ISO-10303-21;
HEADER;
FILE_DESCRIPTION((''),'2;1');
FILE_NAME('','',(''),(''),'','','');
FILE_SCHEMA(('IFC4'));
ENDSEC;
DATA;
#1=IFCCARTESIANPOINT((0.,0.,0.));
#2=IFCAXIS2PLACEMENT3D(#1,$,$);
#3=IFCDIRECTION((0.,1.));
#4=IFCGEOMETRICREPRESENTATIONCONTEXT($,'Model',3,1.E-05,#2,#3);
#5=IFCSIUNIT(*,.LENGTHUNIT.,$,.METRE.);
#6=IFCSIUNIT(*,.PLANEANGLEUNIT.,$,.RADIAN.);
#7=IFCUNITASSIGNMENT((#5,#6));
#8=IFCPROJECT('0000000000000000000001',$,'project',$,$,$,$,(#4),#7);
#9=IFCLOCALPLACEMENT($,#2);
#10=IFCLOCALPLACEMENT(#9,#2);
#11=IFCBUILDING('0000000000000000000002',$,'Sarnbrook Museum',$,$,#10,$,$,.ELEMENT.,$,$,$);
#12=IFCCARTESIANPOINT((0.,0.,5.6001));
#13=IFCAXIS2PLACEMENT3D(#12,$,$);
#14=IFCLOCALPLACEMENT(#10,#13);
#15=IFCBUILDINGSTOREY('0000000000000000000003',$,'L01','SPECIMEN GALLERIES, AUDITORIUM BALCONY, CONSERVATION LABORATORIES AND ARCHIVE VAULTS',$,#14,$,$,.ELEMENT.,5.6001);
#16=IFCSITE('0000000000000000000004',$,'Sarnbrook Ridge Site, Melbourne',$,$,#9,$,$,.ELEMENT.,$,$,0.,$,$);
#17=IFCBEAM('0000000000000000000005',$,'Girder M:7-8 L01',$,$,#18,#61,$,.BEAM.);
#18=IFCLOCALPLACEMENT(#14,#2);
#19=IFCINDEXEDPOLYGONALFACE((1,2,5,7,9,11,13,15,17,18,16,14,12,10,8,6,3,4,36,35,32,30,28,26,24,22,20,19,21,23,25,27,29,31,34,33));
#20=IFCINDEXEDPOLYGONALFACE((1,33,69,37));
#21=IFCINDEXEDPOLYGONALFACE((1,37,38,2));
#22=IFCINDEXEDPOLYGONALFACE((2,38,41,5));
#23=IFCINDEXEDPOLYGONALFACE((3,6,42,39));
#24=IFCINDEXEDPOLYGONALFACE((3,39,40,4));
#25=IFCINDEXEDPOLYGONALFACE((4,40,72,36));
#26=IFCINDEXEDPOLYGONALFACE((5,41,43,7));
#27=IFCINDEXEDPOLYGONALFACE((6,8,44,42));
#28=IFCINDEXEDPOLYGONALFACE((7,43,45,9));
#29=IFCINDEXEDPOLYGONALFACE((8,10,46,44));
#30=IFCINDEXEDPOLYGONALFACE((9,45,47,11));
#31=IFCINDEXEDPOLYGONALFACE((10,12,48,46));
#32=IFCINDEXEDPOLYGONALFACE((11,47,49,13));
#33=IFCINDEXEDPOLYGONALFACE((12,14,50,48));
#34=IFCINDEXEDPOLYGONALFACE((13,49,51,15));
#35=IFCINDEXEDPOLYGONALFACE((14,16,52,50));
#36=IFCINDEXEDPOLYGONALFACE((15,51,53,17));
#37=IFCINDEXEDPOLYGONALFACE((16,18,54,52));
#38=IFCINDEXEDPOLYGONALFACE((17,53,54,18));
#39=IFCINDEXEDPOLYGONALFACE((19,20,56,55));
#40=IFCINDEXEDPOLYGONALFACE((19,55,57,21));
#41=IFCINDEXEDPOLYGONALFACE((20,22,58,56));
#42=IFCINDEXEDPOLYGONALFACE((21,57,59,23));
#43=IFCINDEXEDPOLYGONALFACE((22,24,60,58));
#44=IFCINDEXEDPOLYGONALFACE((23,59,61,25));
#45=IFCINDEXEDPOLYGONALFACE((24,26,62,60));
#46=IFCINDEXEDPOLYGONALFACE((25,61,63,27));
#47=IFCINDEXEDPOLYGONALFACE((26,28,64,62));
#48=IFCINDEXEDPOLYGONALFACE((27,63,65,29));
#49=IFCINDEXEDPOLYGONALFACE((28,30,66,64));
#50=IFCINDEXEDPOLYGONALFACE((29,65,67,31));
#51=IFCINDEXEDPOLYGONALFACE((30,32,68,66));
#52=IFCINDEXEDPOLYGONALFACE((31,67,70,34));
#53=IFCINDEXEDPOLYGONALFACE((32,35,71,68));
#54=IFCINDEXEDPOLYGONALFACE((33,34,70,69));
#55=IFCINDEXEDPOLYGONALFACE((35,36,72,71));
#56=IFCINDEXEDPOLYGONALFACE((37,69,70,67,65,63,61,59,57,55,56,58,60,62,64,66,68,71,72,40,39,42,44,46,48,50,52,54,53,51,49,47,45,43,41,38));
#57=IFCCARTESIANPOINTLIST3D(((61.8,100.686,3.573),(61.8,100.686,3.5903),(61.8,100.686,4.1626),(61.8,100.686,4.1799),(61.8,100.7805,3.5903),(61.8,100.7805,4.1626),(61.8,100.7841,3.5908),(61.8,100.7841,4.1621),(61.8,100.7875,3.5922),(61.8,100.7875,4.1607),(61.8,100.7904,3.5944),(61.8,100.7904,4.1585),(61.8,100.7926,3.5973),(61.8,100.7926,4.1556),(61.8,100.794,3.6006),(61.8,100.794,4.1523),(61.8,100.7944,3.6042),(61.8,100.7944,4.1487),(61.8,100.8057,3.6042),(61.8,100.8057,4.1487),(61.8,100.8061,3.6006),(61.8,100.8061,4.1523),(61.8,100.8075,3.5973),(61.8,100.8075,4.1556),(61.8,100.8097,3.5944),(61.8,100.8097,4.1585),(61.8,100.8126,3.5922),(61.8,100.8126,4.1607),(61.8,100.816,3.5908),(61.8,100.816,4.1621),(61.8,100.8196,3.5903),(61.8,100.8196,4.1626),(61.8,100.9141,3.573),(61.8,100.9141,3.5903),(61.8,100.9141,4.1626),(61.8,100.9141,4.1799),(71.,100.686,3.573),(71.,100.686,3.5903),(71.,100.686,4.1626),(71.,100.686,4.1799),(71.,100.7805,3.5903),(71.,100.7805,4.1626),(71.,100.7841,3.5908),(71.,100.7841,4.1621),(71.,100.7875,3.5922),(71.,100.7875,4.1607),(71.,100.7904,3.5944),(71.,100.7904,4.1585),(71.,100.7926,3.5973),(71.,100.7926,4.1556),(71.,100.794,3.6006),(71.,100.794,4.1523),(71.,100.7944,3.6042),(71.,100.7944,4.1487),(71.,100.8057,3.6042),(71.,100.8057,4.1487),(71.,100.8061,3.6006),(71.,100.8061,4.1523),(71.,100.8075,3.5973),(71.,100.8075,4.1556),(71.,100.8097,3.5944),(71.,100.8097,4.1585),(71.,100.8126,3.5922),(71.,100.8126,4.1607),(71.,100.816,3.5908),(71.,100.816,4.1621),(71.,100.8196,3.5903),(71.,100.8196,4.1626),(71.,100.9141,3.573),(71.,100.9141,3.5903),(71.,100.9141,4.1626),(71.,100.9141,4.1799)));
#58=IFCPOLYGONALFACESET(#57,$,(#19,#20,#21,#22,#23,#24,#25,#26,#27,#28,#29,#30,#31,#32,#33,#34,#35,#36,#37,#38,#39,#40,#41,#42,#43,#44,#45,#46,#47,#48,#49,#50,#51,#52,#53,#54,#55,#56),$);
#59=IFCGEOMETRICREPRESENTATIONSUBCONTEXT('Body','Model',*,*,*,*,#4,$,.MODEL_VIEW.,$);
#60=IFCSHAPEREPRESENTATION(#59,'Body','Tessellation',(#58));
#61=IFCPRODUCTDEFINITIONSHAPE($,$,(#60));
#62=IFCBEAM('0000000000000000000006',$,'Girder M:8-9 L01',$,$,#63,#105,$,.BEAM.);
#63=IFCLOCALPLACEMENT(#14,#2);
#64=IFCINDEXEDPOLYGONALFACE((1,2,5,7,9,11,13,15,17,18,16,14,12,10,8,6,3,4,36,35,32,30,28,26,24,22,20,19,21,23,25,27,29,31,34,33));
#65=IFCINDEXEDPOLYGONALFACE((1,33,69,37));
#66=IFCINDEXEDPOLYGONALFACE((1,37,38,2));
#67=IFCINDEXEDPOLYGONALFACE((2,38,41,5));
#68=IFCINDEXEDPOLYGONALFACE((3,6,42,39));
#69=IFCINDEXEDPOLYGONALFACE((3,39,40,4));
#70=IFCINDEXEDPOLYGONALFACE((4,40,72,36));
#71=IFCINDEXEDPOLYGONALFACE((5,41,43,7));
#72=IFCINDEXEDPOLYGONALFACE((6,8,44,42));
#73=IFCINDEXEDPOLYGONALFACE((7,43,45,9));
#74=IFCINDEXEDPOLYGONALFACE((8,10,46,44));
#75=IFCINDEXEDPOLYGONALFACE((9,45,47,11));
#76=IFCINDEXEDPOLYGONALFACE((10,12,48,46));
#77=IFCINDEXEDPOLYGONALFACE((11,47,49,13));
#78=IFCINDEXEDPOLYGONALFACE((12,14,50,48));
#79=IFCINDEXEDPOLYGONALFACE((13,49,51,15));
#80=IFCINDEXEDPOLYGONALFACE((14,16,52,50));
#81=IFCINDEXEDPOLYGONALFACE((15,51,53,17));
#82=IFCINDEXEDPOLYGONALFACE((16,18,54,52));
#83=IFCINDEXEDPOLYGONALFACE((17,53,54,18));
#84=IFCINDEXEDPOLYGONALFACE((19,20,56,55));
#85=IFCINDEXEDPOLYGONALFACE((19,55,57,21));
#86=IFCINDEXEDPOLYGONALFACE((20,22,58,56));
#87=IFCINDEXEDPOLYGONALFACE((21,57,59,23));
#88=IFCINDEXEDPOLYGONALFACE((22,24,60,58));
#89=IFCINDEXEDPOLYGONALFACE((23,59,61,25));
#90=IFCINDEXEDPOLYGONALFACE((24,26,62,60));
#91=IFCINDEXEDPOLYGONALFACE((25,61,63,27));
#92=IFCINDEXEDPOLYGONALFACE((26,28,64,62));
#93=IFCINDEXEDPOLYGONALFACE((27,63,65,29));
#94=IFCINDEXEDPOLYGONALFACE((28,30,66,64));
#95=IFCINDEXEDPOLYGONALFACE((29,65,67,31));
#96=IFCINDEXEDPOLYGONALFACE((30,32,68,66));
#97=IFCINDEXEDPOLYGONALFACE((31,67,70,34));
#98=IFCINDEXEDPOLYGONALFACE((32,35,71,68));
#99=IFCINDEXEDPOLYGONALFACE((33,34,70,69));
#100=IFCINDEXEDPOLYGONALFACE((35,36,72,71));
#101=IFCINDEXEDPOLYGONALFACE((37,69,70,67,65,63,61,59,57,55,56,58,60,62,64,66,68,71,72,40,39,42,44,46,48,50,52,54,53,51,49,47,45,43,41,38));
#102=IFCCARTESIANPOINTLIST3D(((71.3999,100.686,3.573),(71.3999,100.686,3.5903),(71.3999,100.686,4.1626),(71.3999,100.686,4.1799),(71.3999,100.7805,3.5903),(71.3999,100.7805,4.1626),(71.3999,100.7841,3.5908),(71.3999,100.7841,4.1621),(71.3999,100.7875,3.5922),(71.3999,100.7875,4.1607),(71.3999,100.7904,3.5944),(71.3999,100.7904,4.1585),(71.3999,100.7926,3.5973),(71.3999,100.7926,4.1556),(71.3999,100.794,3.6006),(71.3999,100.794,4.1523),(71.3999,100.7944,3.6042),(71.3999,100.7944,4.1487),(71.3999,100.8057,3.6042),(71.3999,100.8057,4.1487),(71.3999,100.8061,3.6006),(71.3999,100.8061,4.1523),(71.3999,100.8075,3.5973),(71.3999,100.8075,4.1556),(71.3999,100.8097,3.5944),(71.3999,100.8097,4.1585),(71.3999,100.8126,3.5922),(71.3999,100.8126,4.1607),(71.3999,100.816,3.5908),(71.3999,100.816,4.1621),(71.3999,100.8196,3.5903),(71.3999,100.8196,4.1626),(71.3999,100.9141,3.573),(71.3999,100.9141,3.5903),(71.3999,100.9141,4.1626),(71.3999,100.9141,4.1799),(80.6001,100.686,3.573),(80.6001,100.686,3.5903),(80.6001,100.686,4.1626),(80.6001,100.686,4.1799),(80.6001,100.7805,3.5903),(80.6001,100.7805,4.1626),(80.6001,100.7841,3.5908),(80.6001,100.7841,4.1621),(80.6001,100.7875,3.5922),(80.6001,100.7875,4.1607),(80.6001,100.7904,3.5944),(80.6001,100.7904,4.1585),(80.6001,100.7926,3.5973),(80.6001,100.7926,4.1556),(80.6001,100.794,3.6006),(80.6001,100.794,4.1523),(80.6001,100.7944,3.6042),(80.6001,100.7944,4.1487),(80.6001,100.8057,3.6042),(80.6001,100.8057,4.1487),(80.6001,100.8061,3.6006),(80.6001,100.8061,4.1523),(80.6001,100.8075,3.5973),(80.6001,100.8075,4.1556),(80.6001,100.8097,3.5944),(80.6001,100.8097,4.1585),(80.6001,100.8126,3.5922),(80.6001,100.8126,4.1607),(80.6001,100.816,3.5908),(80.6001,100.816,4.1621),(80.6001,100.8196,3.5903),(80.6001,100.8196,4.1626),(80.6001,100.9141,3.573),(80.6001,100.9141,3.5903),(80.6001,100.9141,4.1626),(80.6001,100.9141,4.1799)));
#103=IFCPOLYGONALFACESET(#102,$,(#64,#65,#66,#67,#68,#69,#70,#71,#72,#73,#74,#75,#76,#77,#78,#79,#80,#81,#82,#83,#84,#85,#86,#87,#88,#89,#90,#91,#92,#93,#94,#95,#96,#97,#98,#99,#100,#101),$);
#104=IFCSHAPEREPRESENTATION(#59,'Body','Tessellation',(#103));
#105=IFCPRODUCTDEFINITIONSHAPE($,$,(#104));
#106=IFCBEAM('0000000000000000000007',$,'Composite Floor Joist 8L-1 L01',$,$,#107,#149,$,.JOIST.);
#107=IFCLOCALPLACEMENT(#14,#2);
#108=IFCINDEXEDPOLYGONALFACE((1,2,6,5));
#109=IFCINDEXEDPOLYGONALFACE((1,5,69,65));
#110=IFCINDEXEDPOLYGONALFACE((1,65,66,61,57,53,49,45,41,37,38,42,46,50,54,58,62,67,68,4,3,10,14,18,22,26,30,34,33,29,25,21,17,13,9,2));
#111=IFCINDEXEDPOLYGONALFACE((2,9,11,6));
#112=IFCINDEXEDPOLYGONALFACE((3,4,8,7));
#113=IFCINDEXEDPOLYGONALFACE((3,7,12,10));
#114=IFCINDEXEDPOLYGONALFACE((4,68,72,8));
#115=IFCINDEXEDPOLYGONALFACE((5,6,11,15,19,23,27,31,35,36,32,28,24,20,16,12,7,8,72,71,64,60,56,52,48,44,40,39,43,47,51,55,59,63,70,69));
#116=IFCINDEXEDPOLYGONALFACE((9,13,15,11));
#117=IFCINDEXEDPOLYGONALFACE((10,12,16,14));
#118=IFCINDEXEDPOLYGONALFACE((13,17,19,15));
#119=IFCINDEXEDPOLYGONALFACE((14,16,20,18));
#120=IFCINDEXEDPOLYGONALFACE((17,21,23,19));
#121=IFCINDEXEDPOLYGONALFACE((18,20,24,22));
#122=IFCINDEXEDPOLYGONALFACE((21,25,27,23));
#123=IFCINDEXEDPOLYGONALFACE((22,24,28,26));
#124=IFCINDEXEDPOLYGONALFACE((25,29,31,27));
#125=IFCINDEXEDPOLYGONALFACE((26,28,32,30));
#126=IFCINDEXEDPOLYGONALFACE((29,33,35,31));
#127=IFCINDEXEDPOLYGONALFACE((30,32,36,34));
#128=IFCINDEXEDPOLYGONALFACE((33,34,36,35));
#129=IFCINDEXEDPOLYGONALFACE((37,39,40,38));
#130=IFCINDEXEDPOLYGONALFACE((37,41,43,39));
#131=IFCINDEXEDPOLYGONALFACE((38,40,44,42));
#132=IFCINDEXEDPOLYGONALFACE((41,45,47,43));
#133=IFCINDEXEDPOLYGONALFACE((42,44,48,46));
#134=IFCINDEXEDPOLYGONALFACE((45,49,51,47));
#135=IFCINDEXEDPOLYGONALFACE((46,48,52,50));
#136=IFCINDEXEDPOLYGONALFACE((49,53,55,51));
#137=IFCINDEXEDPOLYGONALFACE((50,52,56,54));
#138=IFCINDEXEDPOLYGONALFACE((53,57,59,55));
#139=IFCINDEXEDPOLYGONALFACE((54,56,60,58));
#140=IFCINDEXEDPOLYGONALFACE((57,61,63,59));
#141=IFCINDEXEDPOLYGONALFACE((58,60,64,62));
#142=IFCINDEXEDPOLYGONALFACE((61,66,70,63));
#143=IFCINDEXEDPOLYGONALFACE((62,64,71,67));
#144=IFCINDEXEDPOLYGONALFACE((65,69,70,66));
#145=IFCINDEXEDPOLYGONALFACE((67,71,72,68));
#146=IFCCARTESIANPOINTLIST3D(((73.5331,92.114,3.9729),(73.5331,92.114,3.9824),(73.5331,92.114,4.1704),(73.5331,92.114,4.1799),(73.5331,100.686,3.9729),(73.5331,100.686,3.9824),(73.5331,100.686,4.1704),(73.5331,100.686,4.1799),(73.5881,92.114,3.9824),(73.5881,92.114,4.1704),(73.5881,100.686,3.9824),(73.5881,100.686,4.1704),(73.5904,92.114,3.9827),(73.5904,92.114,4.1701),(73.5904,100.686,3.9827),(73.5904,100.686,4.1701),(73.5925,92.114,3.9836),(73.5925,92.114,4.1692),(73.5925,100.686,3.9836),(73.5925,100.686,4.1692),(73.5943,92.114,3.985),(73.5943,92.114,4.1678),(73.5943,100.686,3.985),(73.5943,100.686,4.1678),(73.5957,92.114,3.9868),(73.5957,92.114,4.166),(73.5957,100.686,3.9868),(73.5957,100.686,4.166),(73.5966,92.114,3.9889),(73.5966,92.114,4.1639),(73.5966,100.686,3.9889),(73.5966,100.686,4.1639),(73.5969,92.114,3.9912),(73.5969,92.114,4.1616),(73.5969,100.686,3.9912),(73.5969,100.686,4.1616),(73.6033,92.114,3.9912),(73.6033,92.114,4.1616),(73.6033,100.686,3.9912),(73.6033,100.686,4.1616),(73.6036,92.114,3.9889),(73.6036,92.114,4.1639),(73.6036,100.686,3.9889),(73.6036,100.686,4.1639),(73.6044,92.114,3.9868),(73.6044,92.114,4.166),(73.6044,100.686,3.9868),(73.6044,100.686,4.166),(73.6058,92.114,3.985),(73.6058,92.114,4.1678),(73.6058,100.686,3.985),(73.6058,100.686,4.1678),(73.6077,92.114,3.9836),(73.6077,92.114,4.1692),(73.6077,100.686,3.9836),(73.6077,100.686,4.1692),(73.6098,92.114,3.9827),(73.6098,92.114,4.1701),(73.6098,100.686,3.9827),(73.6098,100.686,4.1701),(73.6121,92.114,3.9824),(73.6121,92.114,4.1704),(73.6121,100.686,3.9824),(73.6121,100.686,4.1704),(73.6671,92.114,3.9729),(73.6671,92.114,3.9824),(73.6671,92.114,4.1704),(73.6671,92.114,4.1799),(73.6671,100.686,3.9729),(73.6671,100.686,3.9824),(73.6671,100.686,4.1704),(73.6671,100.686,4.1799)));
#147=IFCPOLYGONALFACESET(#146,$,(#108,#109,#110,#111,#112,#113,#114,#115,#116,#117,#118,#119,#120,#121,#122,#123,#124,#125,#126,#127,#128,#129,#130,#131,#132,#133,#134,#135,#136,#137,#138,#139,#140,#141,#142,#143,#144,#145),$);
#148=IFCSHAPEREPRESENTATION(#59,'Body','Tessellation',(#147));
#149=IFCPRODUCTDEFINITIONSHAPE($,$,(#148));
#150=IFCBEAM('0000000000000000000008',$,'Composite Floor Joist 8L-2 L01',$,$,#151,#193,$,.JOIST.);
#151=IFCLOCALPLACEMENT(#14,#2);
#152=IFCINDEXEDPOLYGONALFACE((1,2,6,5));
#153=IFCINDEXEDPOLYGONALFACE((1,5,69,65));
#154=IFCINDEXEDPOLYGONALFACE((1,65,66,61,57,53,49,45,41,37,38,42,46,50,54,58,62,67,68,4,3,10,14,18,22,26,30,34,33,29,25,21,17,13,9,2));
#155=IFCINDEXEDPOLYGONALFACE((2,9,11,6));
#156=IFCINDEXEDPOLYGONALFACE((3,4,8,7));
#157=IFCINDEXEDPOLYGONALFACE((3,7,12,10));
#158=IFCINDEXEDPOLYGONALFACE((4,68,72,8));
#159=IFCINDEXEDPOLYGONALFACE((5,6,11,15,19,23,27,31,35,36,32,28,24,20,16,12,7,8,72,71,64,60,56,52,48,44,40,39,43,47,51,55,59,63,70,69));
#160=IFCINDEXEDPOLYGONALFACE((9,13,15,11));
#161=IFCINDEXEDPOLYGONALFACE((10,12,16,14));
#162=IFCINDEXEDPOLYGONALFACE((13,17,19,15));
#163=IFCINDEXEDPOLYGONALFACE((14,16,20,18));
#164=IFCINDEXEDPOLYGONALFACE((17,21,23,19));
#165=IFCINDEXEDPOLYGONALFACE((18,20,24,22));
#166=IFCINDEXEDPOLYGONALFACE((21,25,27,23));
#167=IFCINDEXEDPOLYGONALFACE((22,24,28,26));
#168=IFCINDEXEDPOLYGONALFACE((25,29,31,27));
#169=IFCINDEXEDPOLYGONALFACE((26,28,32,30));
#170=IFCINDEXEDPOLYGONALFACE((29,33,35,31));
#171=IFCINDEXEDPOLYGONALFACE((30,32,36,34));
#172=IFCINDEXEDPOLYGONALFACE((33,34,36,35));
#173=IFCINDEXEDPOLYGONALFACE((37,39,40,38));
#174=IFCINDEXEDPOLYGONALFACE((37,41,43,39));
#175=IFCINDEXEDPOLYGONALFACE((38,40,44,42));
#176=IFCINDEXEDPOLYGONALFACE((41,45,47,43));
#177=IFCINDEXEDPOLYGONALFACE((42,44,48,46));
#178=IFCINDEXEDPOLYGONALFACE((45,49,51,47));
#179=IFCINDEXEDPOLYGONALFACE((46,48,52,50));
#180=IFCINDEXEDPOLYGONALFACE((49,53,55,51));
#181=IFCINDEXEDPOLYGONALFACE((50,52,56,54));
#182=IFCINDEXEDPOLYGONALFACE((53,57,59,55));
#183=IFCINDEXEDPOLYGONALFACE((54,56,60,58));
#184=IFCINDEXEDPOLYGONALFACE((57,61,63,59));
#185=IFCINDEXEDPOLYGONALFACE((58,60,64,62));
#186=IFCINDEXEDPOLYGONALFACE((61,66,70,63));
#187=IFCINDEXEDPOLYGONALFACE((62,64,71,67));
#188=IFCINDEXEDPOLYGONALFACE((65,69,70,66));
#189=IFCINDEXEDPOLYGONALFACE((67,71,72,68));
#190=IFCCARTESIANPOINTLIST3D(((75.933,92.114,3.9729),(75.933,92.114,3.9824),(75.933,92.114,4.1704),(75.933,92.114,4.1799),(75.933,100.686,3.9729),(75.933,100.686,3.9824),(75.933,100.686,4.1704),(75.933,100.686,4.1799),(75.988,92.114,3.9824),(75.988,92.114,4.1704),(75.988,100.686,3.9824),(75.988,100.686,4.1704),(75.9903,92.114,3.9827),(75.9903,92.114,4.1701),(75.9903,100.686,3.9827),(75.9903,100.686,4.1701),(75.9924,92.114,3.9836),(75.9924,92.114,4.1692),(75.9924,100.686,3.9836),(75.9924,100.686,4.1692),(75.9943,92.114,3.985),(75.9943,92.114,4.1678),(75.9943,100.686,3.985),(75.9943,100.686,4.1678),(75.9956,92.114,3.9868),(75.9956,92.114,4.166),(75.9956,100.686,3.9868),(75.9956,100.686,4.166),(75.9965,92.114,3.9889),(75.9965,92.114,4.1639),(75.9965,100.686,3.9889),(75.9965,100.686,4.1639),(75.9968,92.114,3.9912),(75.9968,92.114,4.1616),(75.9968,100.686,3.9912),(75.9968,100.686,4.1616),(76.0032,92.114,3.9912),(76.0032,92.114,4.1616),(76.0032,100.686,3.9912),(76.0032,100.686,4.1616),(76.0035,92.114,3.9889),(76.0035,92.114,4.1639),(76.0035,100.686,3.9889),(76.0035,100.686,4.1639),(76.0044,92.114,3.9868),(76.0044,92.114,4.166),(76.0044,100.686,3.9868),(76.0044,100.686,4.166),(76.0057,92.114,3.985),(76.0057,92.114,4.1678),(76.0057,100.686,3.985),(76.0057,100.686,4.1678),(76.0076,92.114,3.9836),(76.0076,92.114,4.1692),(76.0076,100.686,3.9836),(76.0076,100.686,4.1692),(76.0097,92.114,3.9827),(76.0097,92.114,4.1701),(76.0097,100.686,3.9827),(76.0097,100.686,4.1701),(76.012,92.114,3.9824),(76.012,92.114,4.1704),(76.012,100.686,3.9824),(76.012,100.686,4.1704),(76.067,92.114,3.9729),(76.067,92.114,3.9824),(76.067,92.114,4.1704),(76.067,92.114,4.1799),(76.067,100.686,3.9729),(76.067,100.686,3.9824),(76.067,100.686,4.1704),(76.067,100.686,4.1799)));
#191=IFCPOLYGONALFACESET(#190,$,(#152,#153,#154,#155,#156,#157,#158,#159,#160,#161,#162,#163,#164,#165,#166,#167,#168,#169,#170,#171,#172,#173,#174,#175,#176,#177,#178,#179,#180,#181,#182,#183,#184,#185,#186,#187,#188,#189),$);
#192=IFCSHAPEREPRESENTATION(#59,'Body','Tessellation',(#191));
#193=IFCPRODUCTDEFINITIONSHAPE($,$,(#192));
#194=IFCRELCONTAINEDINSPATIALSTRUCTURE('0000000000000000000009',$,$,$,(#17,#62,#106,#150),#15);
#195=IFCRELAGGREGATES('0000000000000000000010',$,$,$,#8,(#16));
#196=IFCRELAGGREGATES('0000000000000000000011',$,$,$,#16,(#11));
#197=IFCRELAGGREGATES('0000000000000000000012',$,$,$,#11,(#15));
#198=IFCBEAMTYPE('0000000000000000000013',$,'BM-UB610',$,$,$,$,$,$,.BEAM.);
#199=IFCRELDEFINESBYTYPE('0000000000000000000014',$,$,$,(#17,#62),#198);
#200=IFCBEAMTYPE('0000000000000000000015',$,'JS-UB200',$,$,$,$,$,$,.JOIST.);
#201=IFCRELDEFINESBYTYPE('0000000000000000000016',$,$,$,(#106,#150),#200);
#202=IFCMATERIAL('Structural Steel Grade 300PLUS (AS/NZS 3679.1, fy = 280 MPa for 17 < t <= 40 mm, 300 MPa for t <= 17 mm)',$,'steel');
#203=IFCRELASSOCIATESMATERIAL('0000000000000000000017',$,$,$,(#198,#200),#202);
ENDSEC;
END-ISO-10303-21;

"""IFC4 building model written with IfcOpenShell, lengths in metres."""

from ifc_helpers import new_model, si_unit, direction, frame, origin, origin_2d, place, context, subcontext, project, spatial, i_section, extrude, material, material_profile, profile_set, type_object, element, save


model = new_model("IFC4")

# Units and contexts
model_context = context("Model", 3, precision=1e-05, world=origin(), true_north=direction((0.0, 1.0)))
body_context = subcontext(model_context, "Body", "Model", "MODEL_VIEW")
ifc_project = project(units=[si_unit("LENGTHUNIT", "METRE"), si_unit("PLANEANGLEUNIT", "RADIAN")], contexts=[model_context])

# Site, building, storey
site_placement = place(None, origin())
site = spatial("IfcSite", under=ifc_project, at=site_placement, Name="Sarnbrook Ridge Site, Melbourne", CompositionType="ELEMENT", RefElevation=0.0)
building_placement = place(site_placement, origin())
building = spatial("IfcBuilding", under=site, at=building_placement, Name="Sarnbrook Museum", CompositionType="ELEMENT")
storey_placement = place(building_placement, frame((0.0, 0.0, 5.6001)))
storey = spatial("IfcBuildingStorey", under=building, at=storey_placement, Name="L01", Description="SPECIMEN GALLERIES, AUDITORIUM BALCONY, CONSERVATION LABORATORIES AND ARCHIVE VAULTS", CompositionType="ELEMENT", Elevation=5.6001)

# Beams
ifc_material_1 = material(Name="Structural Steel Grade 300PLUS (AS/NZS 3679.1, fy = 280 MPa for 17 < t <= 40 mm, 300 MPa for t <= 17 mm)", Category="steel")
ifc_material_profile_1 = material_profile(ifc_material_1, i_section(OverallWidth=0.228, OverallDepth=0.6069, WebThickness=0.0112, FlangeThickness=0.0173, FilletRadius=0.0139, at=origin_2d()), Name="610UB113")
ifc_profile_set_1 = profile_set([ifc_material_profile_1], Name="Structural Steel Grade 300PLUS (AS/NZS 3679.1, fy = 280 MPa for 17 < t <= 40 mm, 300 MPa for t <= 17 mm)")
beam_type_1 = type_object("IfcBeamType", Name="BM-UB610", PredefinedType="BEAM", material=ifc_profile_set_1)
beam_1_placement = place(storey_placement, frame((61.8, 100.8, 3.8765), z_axis=(1.0, 0.0, 0.0), x_axis=(0.0, 1.0, 0.0)))
element("IfcBeam", 1, at=beam_1_placement, inside=storey, type_object=beam_type_1, Name="Girder M:7-8 L01", PredefinedType="BEAM", context=body_context, shape_type="SweptSolid", body=[
    extrude(i_section(OverallWidth=0.228, OverallDepth=0.6069, WebThickness=0.0112, FlangeThickness=0.0173, FilletRadius=0.0139, at=origin_2d()), origin(), (0.0, 0.0, 1.0), 9.2),
])
beam_2_placement = place(storey_placement, frame((71.3999, 100.8, 3.8765), z_axis=(1.0, 0.0, 0.0), x_axis=(0.0, 1.0, 0.0)))
element("IfcBeam", 2, at=beam_2_placement, inside=storey, type_object=beam_type_1, Name="Girder M:8-9 L01", PredefinedType="BEAM", context=body_context, shape_type="SweptSolid", body=[
    extrude(i_section(OverallWidth=0.228, OverallDepth=0.6069, WebThickness=0.0112, FlangeThickness=0.0173, FilletRadius=0.0139, at=origin_2d()), origin(), (0.0, 0.0, 1.0), 9.2002),
])
ifc_material_profile_2 = material_profile(ifc_material_1, i_section(OverallWidth=0.134, OverallDepth=0.207, WebThickness=0.0063, FlangeThickness=0.0095, FilletRadius=0.0088, at=origin_2d()), Name="200UB29.8")
ifc_profile_set_2 = profile_set([ifc_material_profile_2], Name="Structural Steel Grade 300PLUS (AS/NZS 3679.1, fy = 280 MPa for 17 < t <= 40 mm, 300 MPa for t <= 17 mm)")
beam_type_2 = type_object("IfcBeamType", Name="JS-UB200", PredefinedType="JOIST", material=ifc_profile_set_2)
for number, where, z_axis, x_axis, name in (
    (3, (73.6001, 92.114, 4.0764), (0.0, 1.0, 0.0), (-1.0, 0.0, 0.0), "Composite Floor Joist 8L-1 L01"),
    (4, (76.0, 92.114, 4.0764), (0.0, 1.0, 0.0), (-1.0, 0.0, 0.0), "Composite Floor Joist 8L-2 L01"),
):
    element("IfcBeam", number, at=place(storey_placement, frame(where, z_axis=z_axis, x_axis=x_axis)), inside=storey, type_object=beam_type_2, Name=name, PredefinedType="JOIST", context=body_context, shape_type="SweptSolid", body=[
        extrude(i_section(OverallWidth=0.134, OverallDepth=0.207, WebThickness=0.0063, FlangeThickness=0.0095, FilletRadius=0.0088, at=origin_2d()), origin(), (0.0, 0.0, 1.0), 8.572),
    ])

save(model, "model.ifc")
